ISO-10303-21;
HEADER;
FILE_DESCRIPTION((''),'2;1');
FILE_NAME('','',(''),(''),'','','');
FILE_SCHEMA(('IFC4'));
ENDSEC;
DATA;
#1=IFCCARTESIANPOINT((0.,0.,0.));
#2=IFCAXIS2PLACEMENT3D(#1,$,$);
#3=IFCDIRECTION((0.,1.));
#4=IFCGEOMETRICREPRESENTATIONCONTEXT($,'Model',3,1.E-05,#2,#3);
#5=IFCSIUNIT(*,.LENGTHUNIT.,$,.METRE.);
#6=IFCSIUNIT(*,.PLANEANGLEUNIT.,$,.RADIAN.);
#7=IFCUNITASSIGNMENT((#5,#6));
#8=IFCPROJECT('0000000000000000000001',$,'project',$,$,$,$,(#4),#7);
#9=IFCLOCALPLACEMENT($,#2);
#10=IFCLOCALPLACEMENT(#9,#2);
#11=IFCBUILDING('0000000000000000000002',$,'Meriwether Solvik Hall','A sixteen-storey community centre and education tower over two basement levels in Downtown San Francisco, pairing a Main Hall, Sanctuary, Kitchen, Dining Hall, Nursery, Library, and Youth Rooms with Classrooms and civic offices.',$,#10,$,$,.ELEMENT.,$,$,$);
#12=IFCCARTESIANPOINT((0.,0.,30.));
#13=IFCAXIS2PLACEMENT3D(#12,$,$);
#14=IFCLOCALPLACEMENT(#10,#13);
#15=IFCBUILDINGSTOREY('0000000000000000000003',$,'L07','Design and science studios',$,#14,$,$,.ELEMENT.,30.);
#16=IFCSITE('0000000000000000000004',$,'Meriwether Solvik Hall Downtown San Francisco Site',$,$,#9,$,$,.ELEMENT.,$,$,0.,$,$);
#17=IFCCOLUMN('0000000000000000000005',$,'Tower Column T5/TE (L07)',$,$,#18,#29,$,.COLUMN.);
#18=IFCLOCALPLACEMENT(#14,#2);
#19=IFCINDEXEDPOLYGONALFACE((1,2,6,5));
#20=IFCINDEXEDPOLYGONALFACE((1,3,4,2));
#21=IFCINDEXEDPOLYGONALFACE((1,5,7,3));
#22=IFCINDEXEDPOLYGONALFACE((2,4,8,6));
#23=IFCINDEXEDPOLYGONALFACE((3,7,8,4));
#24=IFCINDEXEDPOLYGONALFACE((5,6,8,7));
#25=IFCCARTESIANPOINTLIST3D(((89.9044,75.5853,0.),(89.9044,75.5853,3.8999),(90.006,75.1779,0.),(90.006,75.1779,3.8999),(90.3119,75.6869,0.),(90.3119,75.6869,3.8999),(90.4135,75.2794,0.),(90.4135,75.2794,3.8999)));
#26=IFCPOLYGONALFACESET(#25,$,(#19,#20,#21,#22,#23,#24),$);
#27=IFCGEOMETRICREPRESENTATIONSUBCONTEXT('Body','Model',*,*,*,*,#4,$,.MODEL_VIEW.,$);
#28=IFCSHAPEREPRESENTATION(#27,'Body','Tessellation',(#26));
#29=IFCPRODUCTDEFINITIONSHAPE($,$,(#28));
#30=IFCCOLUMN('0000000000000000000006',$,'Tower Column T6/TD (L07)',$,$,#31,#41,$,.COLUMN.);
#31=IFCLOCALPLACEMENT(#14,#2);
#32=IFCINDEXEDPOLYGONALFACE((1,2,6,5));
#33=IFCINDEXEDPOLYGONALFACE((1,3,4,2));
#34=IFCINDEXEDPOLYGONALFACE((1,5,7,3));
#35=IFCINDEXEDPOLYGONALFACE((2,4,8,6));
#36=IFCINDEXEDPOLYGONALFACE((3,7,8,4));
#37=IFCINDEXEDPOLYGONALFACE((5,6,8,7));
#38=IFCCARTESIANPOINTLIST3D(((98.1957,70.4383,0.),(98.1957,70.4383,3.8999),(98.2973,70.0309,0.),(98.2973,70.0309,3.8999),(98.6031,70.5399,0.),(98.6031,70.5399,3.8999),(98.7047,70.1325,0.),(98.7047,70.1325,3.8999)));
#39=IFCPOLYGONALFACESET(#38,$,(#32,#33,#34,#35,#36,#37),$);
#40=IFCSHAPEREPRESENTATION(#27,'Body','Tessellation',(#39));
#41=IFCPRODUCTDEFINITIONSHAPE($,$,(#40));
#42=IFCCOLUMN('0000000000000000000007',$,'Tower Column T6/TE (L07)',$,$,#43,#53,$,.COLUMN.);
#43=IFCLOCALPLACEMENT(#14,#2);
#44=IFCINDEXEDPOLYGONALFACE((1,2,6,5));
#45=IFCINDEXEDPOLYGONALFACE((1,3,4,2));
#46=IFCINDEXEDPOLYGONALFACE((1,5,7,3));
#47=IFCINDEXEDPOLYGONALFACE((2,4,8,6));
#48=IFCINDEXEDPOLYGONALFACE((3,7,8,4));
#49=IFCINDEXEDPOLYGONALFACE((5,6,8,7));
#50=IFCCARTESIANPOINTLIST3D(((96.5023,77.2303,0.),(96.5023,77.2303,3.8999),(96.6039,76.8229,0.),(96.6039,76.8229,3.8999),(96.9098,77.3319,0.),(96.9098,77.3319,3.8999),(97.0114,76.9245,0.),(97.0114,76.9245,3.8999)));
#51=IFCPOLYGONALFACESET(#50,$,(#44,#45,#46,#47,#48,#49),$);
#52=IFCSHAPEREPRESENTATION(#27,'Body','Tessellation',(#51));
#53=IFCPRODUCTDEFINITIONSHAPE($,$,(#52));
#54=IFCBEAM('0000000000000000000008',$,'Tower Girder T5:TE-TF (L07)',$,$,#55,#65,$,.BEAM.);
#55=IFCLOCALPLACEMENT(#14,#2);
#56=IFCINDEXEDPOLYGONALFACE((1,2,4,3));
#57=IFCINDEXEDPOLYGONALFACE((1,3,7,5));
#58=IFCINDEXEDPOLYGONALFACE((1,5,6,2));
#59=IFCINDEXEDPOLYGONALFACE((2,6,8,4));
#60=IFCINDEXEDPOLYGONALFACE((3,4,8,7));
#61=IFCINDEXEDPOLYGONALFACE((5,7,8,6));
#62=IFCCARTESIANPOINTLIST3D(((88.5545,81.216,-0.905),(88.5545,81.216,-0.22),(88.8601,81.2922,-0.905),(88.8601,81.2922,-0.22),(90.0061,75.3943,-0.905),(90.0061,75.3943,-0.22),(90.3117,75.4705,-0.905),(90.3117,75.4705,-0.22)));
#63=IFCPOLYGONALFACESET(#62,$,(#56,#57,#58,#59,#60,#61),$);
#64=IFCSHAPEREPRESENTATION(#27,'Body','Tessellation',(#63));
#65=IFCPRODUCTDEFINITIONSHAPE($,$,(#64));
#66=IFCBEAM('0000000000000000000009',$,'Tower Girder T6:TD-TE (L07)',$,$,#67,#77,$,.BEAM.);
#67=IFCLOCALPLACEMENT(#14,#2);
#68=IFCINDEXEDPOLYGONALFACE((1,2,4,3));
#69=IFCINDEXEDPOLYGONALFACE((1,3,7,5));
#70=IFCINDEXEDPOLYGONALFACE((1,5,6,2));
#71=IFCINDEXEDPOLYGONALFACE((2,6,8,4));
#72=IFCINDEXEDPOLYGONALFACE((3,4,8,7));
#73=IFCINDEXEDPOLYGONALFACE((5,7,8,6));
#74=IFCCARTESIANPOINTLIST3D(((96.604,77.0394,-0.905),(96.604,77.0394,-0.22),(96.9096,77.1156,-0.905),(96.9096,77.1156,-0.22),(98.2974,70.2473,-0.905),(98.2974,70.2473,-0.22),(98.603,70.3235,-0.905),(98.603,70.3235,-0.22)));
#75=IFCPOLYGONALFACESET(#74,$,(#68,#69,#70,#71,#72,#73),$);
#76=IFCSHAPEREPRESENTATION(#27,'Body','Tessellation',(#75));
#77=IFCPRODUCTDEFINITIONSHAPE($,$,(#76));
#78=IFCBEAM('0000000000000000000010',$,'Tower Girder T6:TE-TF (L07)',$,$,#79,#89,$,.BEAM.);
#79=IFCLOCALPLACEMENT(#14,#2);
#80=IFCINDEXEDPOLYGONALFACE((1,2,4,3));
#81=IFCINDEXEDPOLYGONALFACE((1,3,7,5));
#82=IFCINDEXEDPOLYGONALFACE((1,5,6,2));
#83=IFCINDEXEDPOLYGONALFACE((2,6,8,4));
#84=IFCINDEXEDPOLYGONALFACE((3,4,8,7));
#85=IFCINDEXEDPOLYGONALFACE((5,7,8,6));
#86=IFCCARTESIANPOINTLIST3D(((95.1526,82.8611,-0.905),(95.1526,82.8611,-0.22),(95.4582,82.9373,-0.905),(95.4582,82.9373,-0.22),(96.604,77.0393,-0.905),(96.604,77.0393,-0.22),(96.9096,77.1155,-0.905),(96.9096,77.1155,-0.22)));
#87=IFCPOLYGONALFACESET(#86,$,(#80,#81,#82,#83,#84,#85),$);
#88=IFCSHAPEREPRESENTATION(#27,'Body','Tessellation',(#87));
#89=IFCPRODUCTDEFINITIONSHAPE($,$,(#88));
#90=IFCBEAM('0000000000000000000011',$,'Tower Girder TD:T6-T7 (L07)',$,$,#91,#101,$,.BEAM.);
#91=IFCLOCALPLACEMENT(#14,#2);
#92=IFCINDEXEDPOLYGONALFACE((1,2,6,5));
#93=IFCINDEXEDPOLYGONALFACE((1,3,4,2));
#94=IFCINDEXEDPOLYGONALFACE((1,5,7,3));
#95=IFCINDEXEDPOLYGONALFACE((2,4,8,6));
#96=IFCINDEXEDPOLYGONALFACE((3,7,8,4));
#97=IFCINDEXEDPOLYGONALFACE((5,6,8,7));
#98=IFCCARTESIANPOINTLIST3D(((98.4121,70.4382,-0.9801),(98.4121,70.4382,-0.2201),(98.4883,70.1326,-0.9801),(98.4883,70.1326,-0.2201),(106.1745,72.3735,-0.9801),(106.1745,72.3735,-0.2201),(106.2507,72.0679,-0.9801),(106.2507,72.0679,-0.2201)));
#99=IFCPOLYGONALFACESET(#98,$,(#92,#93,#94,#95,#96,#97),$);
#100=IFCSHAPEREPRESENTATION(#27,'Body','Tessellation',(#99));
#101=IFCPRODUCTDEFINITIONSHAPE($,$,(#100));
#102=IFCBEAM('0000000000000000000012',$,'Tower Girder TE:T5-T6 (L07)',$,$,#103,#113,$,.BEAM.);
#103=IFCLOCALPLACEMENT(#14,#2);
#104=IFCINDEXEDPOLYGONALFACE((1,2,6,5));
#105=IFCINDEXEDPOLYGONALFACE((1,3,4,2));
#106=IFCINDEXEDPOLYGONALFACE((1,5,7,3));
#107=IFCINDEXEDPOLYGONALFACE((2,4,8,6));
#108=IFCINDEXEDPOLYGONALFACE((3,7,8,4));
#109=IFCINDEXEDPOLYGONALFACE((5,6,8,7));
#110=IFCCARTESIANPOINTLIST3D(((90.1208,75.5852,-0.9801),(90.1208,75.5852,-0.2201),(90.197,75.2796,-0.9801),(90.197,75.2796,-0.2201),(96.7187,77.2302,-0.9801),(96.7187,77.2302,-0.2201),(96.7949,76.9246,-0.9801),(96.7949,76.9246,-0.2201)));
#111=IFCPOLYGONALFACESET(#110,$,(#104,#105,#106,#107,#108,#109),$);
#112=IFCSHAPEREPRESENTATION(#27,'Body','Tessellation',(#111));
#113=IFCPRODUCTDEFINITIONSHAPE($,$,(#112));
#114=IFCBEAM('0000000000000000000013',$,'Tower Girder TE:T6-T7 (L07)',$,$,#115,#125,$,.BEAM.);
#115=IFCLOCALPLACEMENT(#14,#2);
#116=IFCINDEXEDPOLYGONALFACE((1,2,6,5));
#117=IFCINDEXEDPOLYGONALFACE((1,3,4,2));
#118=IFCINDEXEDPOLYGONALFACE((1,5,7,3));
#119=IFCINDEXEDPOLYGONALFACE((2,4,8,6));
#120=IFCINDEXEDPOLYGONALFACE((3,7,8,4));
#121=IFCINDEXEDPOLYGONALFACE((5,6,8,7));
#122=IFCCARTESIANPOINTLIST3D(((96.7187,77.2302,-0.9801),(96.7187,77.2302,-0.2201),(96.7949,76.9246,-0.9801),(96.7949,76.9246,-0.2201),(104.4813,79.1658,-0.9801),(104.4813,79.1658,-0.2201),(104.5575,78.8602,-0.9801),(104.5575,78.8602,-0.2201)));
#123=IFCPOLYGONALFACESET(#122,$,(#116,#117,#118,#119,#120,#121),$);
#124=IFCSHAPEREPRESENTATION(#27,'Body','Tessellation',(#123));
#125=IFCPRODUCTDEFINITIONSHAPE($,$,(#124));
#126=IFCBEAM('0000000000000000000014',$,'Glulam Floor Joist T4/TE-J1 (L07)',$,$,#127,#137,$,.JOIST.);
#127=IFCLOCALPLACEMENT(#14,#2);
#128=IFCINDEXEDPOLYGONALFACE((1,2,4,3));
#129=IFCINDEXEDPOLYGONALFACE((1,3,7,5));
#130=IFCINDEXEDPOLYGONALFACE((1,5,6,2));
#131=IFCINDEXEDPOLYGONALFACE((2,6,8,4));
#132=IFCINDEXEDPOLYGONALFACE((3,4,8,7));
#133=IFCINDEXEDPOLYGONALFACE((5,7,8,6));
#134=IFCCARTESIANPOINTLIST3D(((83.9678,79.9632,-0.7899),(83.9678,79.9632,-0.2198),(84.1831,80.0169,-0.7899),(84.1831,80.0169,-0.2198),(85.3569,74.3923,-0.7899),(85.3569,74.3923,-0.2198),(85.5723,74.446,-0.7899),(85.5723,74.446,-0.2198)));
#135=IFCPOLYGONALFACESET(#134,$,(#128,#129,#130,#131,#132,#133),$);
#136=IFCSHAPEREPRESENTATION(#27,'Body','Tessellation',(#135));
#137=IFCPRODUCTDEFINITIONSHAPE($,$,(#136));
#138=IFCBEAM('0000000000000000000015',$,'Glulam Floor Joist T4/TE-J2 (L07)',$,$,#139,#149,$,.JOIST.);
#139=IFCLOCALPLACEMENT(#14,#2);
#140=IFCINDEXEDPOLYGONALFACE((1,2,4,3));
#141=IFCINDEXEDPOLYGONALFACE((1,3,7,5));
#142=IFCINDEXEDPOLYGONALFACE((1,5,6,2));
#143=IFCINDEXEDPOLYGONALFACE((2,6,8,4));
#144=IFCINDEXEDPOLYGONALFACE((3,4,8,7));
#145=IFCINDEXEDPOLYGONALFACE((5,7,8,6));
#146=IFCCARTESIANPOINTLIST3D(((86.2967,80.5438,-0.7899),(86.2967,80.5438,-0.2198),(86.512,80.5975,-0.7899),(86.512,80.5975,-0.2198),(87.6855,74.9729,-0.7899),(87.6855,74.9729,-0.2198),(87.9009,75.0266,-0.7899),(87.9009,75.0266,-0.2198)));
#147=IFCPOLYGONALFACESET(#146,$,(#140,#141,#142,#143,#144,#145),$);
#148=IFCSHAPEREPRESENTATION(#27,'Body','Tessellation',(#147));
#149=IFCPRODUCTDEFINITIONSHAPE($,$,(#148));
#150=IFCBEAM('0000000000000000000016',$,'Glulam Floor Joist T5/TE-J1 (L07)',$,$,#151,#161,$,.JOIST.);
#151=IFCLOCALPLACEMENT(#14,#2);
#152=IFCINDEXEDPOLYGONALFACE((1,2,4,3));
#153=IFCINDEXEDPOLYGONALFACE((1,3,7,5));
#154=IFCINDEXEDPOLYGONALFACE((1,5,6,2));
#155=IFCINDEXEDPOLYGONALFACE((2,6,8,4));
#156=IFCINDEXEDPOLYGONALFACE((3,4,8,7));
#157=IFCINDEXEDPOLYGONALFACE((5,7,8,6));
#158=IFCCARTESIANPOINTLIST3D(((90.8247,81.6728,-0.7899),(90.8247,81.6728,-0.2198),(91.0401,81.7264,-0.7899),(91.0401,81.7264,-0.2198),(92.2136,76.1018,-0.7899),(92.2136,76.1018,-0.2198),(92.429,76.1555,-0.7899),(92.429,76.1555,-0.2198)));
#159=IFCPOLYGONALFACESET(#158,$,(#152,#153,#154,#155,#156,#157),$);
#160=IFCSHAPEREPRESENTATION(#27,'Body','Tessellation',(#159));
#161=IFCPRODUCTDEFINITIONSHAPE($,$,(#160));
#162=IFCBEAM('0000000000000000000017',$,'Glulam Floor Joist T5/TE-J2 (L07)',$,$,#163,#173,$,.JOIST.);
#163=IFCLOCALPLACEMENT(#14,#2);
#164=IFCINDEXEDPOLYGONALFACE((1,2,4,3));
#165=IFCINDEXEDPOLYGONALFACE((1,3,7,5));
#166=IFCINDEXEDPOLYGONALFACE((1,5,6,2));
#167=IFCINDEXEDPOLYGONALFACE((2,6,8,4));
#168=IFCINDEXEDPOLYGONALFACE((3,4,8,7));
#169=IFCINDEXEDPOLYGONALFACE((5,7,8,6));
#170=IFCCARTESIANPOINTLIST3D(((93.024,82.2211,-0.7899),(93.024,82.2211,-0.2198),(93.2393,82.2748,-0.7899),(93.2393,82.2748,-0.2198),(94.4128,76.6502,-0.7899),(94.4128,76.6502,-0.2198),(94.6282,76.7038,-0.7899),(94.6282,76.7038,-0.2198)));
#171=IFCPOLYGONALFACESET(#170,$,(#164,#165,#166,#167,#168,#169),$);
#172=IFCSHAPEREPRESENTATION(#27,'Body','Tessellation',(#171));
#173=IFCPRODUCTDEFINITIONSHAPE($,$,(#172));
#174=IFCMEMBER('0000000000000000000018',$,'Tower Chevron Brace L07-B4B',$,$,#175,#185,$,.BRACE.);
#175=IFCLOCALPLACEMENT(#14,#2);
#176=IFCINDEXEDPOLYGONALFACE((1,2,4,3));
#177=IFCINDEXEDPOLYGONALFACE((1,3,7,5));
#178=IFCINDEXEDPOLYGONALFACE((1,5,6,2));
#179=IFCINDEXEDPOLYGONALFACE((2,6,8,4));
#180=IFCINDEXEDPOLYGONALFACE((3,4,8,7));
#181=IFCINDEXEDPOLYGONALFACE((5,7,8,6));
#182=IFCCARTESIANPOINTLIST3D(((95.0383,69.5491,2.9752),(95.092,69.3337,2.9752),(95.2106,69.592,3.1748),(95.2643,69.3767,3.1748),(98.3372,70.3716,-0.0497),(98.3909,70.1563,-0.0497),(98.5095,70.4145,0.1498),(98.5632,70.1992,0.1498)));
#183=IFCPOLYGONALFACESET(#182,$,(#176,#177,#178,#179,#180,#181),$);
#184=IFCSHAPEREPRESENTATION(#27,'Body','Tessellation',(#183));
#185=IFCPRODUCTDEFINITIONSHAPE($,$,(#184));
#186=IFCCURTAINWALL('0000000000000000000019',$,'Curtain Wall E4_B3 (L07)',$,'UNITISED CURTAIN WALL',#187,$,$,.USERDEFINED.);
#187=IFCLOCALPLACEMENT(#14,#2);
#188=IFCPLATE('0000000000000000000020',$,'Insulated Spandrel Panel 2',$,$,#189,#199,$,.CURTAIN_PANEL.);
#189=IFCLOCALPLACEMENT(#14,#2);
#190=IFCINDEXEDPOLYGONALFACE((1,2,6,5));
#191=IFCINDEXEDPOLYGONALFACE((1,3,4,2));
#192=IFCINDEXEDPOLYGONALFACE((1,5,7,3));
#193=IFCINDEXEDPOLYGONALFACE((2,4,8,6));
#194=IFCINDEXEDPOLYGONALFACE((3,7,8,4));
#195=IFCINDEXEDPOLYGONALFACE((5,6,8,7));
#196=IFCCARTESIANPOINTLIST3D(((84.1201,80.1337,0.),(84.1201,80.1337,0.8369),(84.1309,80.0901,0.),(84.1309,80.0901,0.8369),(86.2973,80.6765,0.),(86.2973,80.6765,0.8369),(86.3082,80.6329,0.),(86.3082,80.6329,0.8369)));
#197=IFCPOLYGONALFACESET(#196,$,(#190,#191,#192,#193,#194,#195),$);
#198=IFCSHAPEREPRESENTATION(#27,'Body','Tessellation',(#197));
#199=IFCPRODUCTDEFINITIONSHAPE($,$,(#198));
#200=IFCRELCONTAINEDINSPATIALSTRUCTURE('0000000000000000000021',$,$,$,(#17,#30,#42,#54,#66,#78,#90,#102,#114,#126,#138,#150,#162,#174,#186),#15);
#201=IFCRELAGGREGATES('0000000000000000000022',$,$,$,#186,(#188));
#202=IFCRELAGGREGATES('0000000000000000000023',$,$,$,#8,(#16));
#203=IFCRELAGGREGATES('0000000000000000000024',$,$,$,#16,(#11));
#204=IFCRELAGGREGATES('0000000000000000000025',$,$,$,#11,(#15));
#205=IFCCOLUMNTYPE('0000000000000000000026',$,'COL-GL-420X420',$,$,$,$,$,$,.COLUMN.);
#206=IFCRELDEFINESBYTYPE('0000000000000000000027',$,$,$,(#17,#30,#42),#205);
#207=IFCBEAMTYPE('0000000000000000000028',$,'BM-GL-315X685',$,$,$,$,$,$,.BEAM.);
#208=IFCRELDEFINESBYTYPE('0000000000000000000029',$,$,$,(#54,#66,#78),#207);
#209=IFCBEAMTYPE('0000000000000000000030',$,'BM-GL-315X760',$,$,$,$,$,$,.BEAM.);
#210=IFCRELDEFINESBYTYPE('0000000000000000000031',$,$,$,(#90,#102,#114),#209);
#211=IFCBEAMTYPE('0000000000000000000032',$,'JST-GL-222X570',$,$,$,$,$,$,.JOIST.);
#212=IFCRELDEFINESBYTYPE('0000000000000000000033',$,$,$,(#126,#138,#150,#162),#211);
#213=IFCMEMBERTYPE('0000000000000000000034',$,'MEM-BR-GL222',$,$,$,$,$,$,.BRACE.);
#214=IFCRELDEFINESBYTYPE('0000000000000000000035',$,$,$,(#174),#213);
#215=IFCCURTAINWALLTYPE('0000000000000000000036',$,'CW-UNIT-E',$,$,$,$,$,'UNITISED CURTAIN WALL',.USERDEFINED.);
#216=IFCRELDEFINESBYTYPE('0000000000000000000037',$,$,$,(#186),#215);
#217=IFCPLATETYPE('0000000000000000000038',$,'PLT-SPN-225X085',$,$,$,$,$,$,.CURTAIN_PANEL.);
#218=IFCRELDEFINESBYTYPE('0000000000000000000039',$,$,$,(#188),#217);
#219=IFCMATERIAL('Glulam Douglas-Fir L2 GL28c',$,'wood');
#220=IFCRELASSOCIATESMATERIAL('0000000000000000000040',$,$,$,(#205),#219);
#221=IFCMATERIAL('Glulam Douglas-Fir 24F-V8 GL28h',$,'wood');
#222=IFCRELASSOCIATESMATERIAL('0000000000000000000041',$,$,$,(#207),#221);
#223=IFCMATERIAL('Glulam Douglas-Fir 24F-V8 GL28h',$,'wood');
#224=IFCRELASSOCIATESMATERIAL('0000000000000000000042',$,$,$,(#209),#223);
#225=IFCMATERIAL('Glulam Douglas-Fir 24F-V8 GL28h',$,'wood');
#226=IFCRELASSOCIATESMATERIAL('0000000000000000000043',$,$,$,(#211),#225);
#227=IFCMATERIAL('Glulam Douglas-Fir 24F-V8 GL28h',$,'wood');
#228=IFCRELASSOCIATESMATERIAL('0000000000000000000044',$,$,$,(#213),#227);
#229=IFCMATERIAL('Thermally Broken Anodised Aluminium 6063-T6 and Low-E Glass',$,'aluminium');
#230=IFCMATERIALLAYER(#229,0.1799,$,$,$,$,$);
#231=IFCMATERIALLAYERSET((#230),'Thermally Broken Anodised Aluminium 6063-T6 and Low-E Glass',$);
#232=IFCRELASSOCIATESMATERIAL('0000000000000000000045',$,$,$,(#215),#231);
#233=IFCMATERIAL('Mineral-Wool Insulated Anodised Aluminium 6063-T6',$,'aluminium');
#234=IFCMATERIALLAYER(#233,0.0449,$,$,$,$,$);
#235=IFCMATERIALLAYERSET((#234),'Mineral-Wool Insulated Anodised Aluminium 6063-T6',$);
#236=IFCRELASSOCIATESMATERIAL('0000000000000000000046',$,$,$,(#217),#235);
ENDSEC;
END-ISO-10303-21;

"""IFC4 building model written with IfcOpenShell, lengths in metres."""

from ifc_helpers import new_model, si_unit, direction, frame, origin, origin_2d, place, context, subcontext, project, spatial, rectangle, extrude, material, layer, layer_set, material_profile, profile_set, type_object, element, aggregate, save


model = new_model("IFC4")

# Units and contexts
model_context = context("Model", 3, precision=1e-05, world=origin(), true_north=direction((0.0, 1.0)))
body_context = subcontext(model_context, "Body", "Model", "MODEL_VIEW")
ifc_project = project(units=[si_unit("LENGTHUNIT", "METRE"), si_unit("PLANEANGLEUNIT", "RADIAN")], contexts=[model_context])

# Site, building, storey
site_placement = place(None, origin())
site = spatial("IfcSite", under=ifc_project, at=site_placement, Name="Meriwether Solvik Hall Downtown San Francisco Site", CompositionType="ELEMENT", RefElevation=0.0)
building_placement = place(site_placement, origin())
building = spatial("IfcBuilding", under=site, at=building_placement, Name="Meriwether Solvik Hall", Description="A sixteen-storey community centre and education tower over two basement levels in Downtown San Francisco, pairing a Main Hall, Sanctuary, Kitchen, Dining Hall, Nursery, Library, and Youth Rooms with Classrooms and civic offices.", CompositionType="ELEMENT")
storey_placement = place(building_placement, frame((0.0, 0.0, 30.0)))
storey = spatial("IfcBuildingStorey", under=building, at=storey_placement, Name="L07", Description="Design and science studios", CompositionType="ELEMENT", Elevation=30.0)

# Columns
ifc_material_1 = material(Name="Glulam Douglas-Fir L2 GL28c", Category="wood")
ifc_material_profile_1 = material_profile(ifc_material_1, rectangle(XDim=0.4199, YDim=0.4199, at=origin_2d()), Name="GLC-420X420")
ifc_profile_set_1 = profile_set([ifc_material_profile_1], Name="Glulam Douglas-Fir L2 GL28c")
column_type = type_object("IfcColumnType", Name="COL-GL-420X420", PredefinedType="COLUMN", material=ifc_profile_set_1)
for number, where, z_axis, x_axis, name in (
    (1, (90.1589, 75.4324, 0.0), (0.0, 0.0, 1.0), (0.970296, 0.241922, 0.0), "Tower Column T5/TE (L07)"),
    (2, (98.4502, 70.2854, 0.0), (0.0, 0.0, 1.0), (0.970296, 0.241922, 0.0), "Tower Column T6/TD (L07)"),
    (3, (96.7568, 77.0774, 0.0), (0.0, 0.0, 1.0), (0.970296, 0.241922, 0.0), "Tower Column T6/TE (L07)"),
):
    element("IfcColumn", number, at=place(storey_placement, frame(where, z_axis=z_axis, x_axis=x_axis)), inside=storey, type_object=column_type, Name=name, PredefinedType="COLUMN", context=body_context, shape_type="SweptSolid", body=[
        extrude(rectangle(XDim=0.4199, YDim=0.4199, at=origin_2d()), origin(), (0.0, 0.0, 1.0), 3.8999),
    ])

# Beams
ifc_material_2 = material(Name="Glulam Douglas-Fir 24F-V8 GL28h", Category="wood")
ifc_material_profile_2 = material_profile(ifc_material_2, rectangle(XDim=0.3149, YDim=0.6851, at=origin_2d()), Name="GLB-315X685")
ifc_profile_set_2 = profile_set([ifc_material_profile_2], Name="Glulam Douglas-Fir 24F-V8 GL28h")
beam_type_1 = type_object("IfcBeamType", Name="BM-GL-315X685", PredefinedType="BEAM", material=ifc_profile_set_2)
beam_1_placement = place(storey_placement, frame((90.1589, 75.4324, -0.5625), z_axis=(-0.241942, 0.970291, 0.0), x_axis=(-0.970291, -0.241942, 0.0)))
element("IfcBeam", 4, at=beam_1_placement, inside=storey, type_object=beam_type_1, Name="Tower Girder T5:TE-TF (L07)", PredefinedType="BEAM", context=body_context, shape_type="SweptSolid", body=[
    extrude(rectangle(XDim=0.3149, YDim=0.6851, at=origin_2d()), origin(), (0.0, 0.0, 1.0), 6.0),
])
beam_2_placement = place(storey_placement, frame((98.4502, 70.2854, -0.5625), z_axis=(-0.241912, 0.970298, 0.0), x_axis=(-0.970298, -0.241912, 0.0)))
element("IfcBeam", 5, at=beam_2_placement, inside=storey, type_object=beam_type_1, Name="Tower Girder T6:TD-TE (L07)", PredefinedType="BEAM", context=body_context, shape_type="SweptSolid", body=[
    extrude(rectangle(XDim=0.3149, YDim=0.6851, at=origin_2d()), origin(), (0.0, 0.0, 1.0), 7.0),
])
beam_3_placement = place(storey_placement, frame((96.7568, 77.0774, -0.5625), z_axis=(-0.241904, 0.9703, 0.0), x_axis=(-0.9703, -0.241904, 0.0)))
element("IfcBeam", 6, at=beam_3_placement, inside=storey, type_object=beam_type_1, Name="Tower Girder T6:TE-TF (L07)", PredefinedType="BEAM", context=body_context, shape_type="SweptSolid", body=[
    extrude(rectangle(XDim=0.3149, YDim=0.6851, at=origin_2d()), origin(), (0.0, 0.0, 1.0), 6.0),
])
ifc_material_3 = material(Name="Glulam Douglas-Fir 24F-V8 GL28h", Category="wood")
ifc_material_profile_3 = material_profile(ifc_material_3, rectangle(XDim=0.3149, YDim=0.76, at=origin_2d()), Name="GLB-315X760")
ifc_profile_set_3 = profile_set([ifc_material_profile_3], Name="Glulam Douglas-Fir 24F-V8 GL28h")
beam_type_2 = type_object("IfcBeamType", Name="BM-GL-315X760", PredefinedType="BEAM", material=ifc_profile_set_3)
beam_4_placement = place(storey_placement, frame((98.4502, 70.2854, -0.6001), z_axis=(0.970298, 0.241911, 0.0), x_axis=(-0.241911, 0.970298, 0.0)))
element("IfcBeam", 7, at=beam_4_placement, inside=storey, type_object=beam_type_2, Name="Tower Girder TD:T6-T7 (L07)", PredefinedType="BEAM", context=body_context, shape_type="SweptSolid", body=[
    extrude(rectangle(XDim=0.3149, YDim=0.76, at=origin_2d()), origin(), (0.0, 0.0, 1.0), 8.0),
])
beam_5_placement = place(storey_placement, frame((90.1589, 75.4324, -0.6001), z_axis=(0.970296, 0.241919, 0.0), x_axis=(-0.241919, 0.970296, 0.0)))
element("IfcBeam", 8, at=beam_5_placement, inside=storey, type_object=beam_type_2, Name="Tower Girder TE:T5-T6 (L07)", PredefinedType="BEAM", context=body_context, shape_type="SweptSolid", body=[
    extrude(rectangle(XDim=0.3149, YDim=0.76, at=origin_2d()), origin(), (0.0, 0.0, 1.0), 6.7998),
])
beam_6_placement = place(storey_placement, frame((96.7568, 77.0774, -0.6001), z_axis=(0.970291, 0.24194, 0.0), x_axis=(-0.24194, 0.970291, 0.0)))
element("IfcBeam", 9, at=beam_6_placement, inside=storey, type_object=beam_type_2, Name="Tower Girder TE:T6-T7 (L07)", PredefinedType="BEAM", context=body_context, shape_type="SweptSolid", body=[
    extrude(rectangle(XDim=0.3149, YDim=0.76, at=origin_2d()), origin(), (0.0, 0.0, 1.0), 8.0002),
])
ifc_material_4 = material(Name="Glulam Douglas-Fir 24F-V8 GL28h", Category="wood")
ifc_material_profile_4 = material_profile(ifc_material_4, rectangle(XDim=0.2219, YDim=0.5701, at=origin_2d()), Name="GLJ-222X570")
ifc_profile_set_4 = profile_set([ifc_material_profile_4], Name="Glulam Douglas-Fir 24F-V8 GL28h")
beam_type_3 = type_object("IfcBeamType", Name="JST-GL-222X570", PredefinedType="JOIST", material=ifc_profile_set_4)
for number, where, z_axis, x_axis, name in (
    (10, (85.4646, 74.4192, -0.5049), (-0.241955, 0.970287, 0.0), (-0.970287, -0.241955, 0.0), "Glulam Floor Joist T4/TE-J1 (L07)"),
    (11, (87.7932, 74.9998, -0.5049), (-0.241905, 0.9703, 0.0), (-0.9703, -0.241905, 0.0), "Glulam Floor Joist T4/TE-J2 (L07)"),
    (12, (92.3213, 76.1287, -0.5049), (-0.241905, 0.9703, 0.0), (-0.9703, -0.241905, 0.0), "Glulam Floor Joist T5/TE-J1 (L07)"),
    (13, (94.5205, 76.677, -0.5049), (-0.241905, 0.9703, 0.0), (-0.9703, -0.241905, 0.0), "Glulam Floor Joist T5/TE-J2 (L07)"),
):
    element("IfcBeam", number, at=place(storey_placement, frame(where, z_axis=z_axis, x_axis=x_axis)), inside=storey, type_object=beam_type_3, Name=name, PredefinedType="JOIST", context=body_context, shape_type="SweptSolid", body=[
        extrude(rectangle(XDim=0.2219, YDim=0.5701, at=origin_2d()), origin(), (0.0, 0.0, 1.0), 5.7415),
    ])

# Member
ifc_material_5 = material(Name="Glulam Douglas-Fir 24F-V8 GL28h", Category="wood")
ifc_material_profile_5 = material_profile(ifc_material_5, rectangle(XDim=0.2219, YDim=0.2671, at=origin_2d()), Name="GLM-222X267")
ifc_profile_set_5 = profile_set([ifc_material_profile_5], Name="Glulam Douglas-Fir 24F-V8 GL28h")
member_type = type_object("IfcMemberType", Name="MEM-BR-GL222", PredefinedType="BRACE", material=ifc_profile_set_5)
member_placement = place(storey_placement, frame((98.4502, 70.2854, 0.05), z_axis=(-0.724906, -0.180744, 0.664712), x_axis=(0.241927, -0.970294, 0.0)))
element("IfcMember", 14, at=member_placement, inside=storey, type_object=member_type, Name="Tower Chevron Brace L07-B4B", PredefinedType="BRACE", context=body_context, shape_type="SweptSolid", body=[
    extrude(rectangle(XDim=0.2219, YDim=0.2671, at=origin_2d()), origin(), (0.0, 0.0, 1.0), 4.5508),
])

# Curtain wall, plate
ifc_material_6 = material(Name="Thermally Broken Anodised Aluminium 6063-T6 and Low-E Glass", Category="aluminium")
ifc_layer_1 = layer(ifc_material_6, 0.1799)
ifc_layer_set_1 = layer_set([ifc_layer_1], Name="Thermally Broken Anodised Aluminium 6063-T6 and Low-E Glass")
curtain_wall_type = type_object("IfcCurtainWallType", Name="CW-UNIT-E", ElementType="UNITISED CURTAIN WALL", PredefinedType="USERDEFINED", material=ifc_layer_set_1)
curtain_wall_placement = place(storey_placement, origin())
curtain_wall = element("IfcCurtainWall", 15, at=curtain_wall_placement, inside=storey, type_object=curtain_wall_type, Name="Curtain Wall E4_B3 (L07)", ObjectType="UNITISED CURTAIN WALL", PredefinedType="USERDEFINED")
ifc_material_7 = material(Name="Mineral-Wool Insulated Anodised Aluminium 6063-T6", Category="aluminium")
ifc_layer_2 = layer(ifc_material_7, 0.0449)
ifc_layer_set_2 = layer_set([ifc_layer_2], Name="Mineral-Wool Insulated Anodised Aluminium 6063-T6")
plate_type = type_object("IfcPlateType", Name="PLT-SPN-225X085", PredefinedType="CURTAIN_PANEL", material=ifc_layer_set_2)
plate_placement = place(storey_placement, frame((85.2141, 80.3833, 0.0), z_axis=(0.0, 0.0, 1.0), x_axis=(0.970296, 0.241922, 0.0)))
plate = element("IfcPlate", 16, at=plate_placement, type_object=plate_type, Name="Insulated Spandrel Panel 2", PredefinedType="CURTAIN_PANEL", context=body_context, shape_type="SweptSolid", body=[
    extrude(rectangle(XDim=2.2439, YDim=0.0449, at=origin_2d()), origin(), (0.0, 0.0, 1.0), 0.8369),
])
aggregate(curtain_wall, [plate])

save(model, "model.ifc")
